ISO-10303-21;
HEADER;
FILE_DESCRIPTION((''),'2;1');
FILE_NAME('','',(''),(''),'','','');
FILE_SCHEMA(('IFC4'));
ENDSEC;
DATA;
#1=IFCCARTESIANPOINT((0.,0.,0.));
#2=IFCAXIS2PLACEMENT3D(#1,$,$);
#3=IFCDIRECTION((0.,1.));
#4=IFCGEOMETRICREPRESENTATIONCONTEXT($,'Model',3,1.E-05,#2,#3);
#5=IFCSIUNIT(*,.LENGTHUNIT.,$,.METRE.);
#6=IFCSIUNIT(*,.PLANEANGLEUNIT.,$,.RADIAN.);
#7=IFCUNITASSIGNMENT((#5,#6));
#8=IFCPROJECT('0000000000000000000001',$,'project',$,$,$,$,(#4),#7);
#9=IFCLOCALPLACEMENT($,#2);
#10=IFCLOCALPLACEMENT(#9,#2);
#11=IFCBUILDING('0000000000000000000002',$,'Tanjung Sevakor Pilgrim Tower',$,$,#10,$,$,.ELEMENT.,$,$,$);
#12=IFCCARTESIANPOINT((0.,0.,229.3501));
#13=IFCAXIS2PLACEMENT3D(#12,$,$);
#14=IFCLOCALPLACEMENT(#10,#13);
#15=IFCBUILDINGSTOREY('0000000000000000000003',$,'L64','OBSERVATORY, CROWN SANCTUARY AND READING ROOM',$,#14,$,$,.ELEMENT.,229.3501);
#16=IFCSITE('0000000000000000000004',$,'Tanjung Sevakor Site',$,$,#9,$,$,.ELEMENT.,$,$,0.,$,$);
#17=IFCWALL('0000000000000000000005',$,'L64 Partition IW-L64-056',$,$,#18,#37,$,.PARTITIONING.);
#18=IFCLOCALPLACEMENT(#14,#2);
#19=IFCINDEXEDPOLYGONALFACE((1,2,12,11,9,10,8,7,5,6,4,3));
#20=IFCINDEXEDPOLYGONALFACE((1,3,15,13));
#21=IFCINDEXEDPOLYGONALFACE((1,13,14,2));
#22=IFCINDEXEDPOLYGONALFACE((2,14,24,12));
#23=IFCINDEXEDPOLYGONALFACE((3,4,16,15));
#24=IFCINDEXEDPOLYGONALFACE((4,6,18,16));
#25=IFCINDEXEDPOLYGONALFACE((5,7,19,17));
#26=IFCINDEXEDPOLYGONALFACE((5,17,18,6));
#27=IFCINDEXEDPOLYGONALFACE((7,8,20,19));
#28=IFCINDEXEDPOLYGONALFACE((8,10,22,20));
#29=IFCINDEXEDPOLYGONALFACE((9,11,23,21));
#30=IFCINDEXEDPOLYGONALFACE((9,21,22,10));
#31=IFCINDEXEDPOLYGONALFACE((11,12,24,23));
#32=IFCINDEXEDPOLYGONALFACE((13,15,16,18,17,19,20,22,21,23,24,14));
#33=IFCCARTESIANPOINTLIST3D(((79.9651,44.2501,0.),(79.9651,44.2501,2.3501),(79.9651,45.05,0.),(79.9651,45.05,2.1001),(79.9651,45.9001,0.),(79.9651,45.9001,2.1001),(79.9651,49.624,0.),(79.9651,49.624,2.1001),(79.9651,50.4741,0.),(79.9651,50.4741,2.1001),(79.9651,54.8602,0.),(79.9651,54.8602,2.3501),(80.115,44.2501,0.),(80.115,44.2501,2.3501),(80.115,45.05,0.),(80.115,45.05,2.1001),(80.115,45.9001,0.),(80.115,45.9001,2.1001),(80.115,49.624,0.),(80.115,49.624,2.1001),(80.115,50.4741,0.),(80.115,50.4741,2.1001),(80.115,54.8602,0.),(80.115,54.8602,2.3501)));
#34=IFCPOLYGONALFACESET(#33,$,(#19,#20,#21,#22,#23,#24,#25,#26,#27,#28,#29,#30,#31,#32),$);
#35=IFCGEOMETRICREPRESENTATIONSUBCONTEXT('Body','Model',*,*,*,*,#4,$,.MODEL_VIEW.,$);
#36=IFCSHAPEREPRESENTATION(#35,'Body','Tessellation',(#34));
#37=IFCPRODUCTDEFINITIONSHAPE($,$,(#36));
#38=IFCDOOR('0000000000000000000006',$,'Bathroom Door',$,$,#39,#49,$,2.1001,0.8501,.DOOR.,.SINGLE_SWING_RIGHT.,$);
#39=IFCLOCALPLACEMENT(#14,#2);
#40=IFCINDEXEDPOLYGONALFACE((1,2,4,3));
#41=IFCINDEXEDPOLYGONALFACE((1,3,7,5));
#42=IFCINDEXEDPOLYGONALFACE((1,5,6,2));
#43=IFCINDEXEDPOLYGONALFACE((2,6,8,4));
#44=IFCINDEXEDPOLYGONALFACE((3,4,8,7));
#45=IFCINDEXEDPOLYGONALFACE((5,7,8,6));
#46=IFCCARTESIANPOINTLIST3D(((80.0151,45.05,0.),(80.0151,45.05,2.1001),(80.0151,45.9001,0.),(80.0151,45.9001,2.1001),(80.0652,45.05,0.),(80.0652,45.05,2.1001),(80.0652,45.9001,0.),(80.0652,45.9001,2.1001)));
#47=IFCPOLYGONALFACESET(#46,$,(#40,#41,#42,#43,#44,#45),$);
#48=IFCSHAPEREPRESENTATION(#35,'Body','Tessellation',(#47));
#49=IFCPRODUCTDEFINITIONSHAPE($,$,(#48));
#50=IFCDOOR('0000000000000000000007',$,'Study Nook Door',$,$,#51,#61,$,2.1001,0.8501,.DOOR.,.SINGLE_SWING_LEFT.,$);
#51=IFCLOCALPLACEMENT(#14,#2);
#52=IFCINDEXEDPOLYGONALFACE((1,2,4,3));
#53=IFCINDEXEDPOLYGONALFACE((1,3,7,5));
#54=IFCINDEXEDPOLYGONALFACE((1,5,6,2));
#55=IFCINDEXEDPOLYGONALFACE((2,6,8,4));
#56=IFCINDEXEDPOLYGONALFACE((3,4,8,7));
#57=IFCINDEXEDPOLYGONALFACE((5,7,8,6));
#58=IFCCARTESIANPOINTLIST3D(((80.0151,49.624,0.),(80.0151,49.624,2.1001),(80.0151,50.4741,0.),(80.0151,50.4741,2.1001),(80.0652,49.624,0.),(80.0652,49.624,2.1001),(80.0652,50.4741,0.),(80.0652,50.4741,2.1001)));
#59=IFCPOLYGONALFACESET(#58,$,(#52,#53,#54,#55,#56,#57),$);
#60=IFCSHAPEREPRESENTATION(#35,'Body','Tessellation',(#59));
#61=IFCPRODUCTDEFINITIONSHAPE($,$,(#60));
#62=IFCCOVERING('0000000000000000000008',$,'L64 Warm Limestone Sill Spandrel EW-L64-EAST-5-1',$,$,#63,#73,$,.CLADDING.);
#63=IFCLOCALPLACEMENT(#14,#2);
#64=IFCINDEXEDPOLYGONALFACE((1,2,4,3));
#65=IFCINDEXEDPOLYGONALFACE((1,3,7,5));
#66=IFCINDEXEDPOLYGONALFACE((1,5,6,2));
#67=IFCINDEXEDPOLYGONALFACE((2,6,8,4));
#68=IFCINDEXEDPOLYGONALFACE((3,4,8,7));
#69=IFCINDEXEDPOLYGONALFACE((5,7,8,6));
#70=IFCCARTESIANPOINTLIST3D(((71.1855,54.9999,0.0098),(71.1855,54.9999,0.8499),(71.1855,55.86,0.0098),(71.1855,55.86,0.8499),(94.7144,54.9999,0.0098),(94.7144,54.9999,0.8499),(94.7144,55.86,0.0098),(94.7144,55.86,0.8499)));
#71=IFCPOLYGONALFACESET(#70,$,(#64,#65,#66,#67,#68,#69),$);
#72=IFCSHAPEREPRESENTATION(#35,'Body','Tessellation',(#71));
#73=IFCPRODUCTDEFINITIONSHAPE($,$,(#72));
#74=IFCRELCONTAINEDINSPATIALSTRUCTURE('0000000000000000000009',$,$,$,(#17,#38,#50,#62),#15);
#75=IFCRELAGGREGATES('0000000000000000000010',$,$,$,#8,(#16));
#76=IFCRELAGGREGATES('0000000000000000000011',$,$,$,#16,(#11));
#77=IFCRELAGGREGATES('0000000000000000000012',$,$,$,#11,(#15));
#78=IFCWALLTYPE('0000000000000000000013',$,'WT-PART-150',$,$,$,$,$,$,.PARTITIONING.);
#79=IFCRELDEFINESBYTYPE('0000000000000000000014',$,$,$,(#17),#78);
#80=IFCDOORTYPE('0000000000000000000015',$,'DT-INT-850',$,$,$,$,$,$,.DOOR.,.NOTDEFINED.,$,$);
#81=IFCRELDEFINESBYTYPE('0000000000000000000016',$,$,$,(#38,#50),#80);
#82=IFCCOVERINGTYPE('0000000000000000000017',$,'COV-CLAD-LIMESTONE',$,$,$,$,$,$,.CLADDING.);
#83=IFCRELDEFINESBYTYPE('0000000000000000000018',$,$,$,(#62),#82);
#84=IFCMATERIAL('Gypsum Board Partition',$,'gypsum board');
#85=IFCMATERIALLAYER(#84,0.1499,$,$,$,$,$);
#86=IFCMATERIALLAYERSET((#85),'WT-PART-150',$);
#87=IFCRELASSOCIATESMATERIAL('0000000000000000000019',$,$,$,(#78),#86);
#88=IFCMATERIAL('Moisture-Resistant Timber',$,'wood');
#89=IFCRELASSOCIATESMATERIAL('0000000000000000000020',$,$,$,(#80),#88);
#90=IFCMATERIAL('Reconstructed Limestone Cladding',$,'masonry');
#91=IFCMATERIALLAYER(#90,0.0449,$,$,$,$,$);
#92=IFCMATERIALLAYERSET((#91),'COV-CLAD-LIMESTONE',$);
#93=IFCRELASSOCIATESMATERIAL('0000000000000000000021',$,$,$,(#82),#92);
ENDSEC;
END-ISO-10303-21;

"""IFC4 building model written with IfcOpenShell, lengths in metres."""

from ifc_helpers import new_model, si_unit, direction, frame, frame_2d, origin, origin_2d, place, context, subcontext, project, spatial, rectangle, extrude, material, layer, layer_set, type_object, element, fill, save


model = new_model("IFC4")

# Units and contexts
model_context = context("Model", 3, precision=1e-05, world=origin(), true_north=direction((0.0, 1.0)))
body_context = subcontext(model_context, "Body", "Model", "MODEL_VIEW")
ifc_project = project(units=[si_unit("LENGTHUNIT", "METRE"), si_unit("PLANEANGLEUNIT", "RADIAN")], contexts=[model_context])

# Site, building, storey
site_placement = place(None, origin())
site = spatial("IfcSite", under=ifc_project, at=site_placement, Name="Tanjung Sevakor Site", CompositionType="ELEMENT", RefElevation=0.0)
building_placement = place(site_placement, origin())
building = spatial("IfcBuilding", under=site, at=building_placement, Name="Tanjung Sevakor Pilgrim Tower", CompositionType="ELEMENT")
storey_placement = place(building_placement, frame((0.0, 0.0, 229.3501)))
storey = spatial("IfcBuildingStorey", under=building, at=storey_placement, Name="L64", Description="OBSERVATORY, CROWN SANCTUARY AND READING ROOM", CompositionType="ELEMENT", Elevation=229.3501)

# Shared definitions
ifc_material_1 = material(Name="Gypsum Board Partition", Category="gypsum board")
ifc_layer_1 = layer(ifc_material_1, 0.1499)
ifc_layer_set_1 = layer_set([ifc_layer_1], Name="WT-PART-150")
wall_type_1 = type_object("IfcWallType", Name="WT-PART-150", PredefinedType="PARTITIONING", material=ifc_layer_set_1)

# Wall, openings, doors
wall_1_placement = place(storey_placement, frame((80.04, 44.25, 0.0), z_axis=(0.0, 0.0, 1.0), x_axis=(0.0, 1.0, 0.0)))
wall_1 = element("IfcWall", 1, at=wall_1_placement, inside=storey, type_object=wall_type_1, Name="L64 Partition IW-L64-056", PredefinedType="PARTITIONING", context=body_context, shape_type="SweptSolid", body=[
    extrude(rectangle(XDim=10.6101, YDim=0.1499, at=frame_2d((5.3052, 0.0))), origin(), (0.0, 0.0, 1.0), 2.3501),
])
opening_1_placement = place(wall_1_placement, frame((0.8, 0.0, 0.0)))
opening_1 = element("IfcOpeningElement", 2, at=opening_1_placement, cuts=wall_1, PredefinedType="OPENING", context=body_context, shape_type="SweptSolid", body=[
    extrude(rectangle(XDim=0.8501, YDim=2.1001, at=frame_2d((0.425, 1.05))), frame((0.0, 0.085, 0.0), z_axis=(0.0, -1.0, 0.0), x_axis=(1.0, 0.0, 0.0)), (0.0, 0.0, 1.0), 0.1699),
])
opening_2_placement = place(wall_1_placement, frame((5.374, 0.0, 0.0)))
opening_2 = element("IfcOpeningElement", 3, at=opening_2_placement, cuts=wall_1, PredefinedType="OPENING", context=body_context, shape_type="SweptSolid", body=[
    extrude(rectangle(XDim=0.8501, YDim=2.1001, at=frame_2d((0.425, 1.05))), frame((0.0, 0.085, 0.0), z_axis=(0.0, -1.0, 0.0), x_axis=(1.0, 0.0, 0.0)), (0.0, 0.0, 1.0), 0.1699),
])
ifc_material_2 = material(Name="Moisture-Resistant Timber", Category="wood")
door_type_1 = type_object("IfcDoorType", Name="DT-INT-850", OperationType="NOTDEFINED", PredefinedType="DOOR", material=ifc_material_2)
door_1_placement = place(opening_1_placement, origin())
door_1 = element("IfcDoor", 4, at=door_1_placement, inside=storey, type_object=door_type_1, Name="Bathroom Door", OperationType="SINGLE_SWING_RIGHT", OverallHeight=2.1001, OverallWidth=0.8501, PredefinedType="DOOR", context=body_context, shape_type="SweptSolid", body=[
    extrude(rectangle(XDim=0.8501, YDim=2.1001, at=frame_2d((0.425, 1.05))), frame((0.0, 0.0249, 0.0), z_axis=(0.0, -1.0, 0.0), x_axis=(1.0, 0.0, 0.0)), (0.0, 0.0, 1.0), 0.05),
])
fill(opening_1, door_1)
door_2_placement = place(opening_2_placement, origin())
door_2 = element("IfcDoor", 5, at=door_2_placement, inside=storey, type_object=door_type_1, Name="Study Nook Door", OperationType="SINGLE_SWING_LEFT", OverallHeight=2.1001, OverallWidth=0.8501, PredefinedType="DOOR", context=body_context, shape_type="SweptSolid", body=[
    extrude(rectangle(XDim=0.8501, YDim=2.1001, at=frame_2d((0.425, 1.05))), frame((0.0, 0.0249, 0.0), z_axis=(0.0, -1.0, 0.0), x_axis=(1.0, 0.0, 0.0)), (0.0, 0.0, 1.0), 0.05),
])
fill(opening_2, door_2)

# Covering
ifc_material_3 = material(Name="Reconstructed Limestone Cladding", Category="masonry")
ifc_layer_2 = layer(ifc_material_3, 0.0449)
ifc_layer_set_2 = layer_set([ifc_layer_2], Name="COV-CLAD-LIMESTONE")
covering_type = type_object("IfcCoveringType", Name="COV-CLAD-LIMESTONE", PredefinedType="CLADDING", material=ifc_layer_set_2)
covering_placement = place(storey_placement, frame((82.95, 55.4299, 0.0098), z_axis=(0.0, 0.0, 1.0), x_axis=(-1.0, 0.0, 0.0)))
element("IfcCovering", 6, at=covering_placement, inside=storey, type_object=covering_type, Name="L64 Warm Limestone Sill Spandrel EW-L64-EAST-5-1", PredefinedType="CLADDING", context=body_context, shape_type="SweptSolid", body=[
    extrude(rectangle(XDim=23.5288, YDim=0.8601, at=origin_2d()), origin(), (0.0, 0.0, 1.0), 0.8401),
])

save(model, "model.ifc")
